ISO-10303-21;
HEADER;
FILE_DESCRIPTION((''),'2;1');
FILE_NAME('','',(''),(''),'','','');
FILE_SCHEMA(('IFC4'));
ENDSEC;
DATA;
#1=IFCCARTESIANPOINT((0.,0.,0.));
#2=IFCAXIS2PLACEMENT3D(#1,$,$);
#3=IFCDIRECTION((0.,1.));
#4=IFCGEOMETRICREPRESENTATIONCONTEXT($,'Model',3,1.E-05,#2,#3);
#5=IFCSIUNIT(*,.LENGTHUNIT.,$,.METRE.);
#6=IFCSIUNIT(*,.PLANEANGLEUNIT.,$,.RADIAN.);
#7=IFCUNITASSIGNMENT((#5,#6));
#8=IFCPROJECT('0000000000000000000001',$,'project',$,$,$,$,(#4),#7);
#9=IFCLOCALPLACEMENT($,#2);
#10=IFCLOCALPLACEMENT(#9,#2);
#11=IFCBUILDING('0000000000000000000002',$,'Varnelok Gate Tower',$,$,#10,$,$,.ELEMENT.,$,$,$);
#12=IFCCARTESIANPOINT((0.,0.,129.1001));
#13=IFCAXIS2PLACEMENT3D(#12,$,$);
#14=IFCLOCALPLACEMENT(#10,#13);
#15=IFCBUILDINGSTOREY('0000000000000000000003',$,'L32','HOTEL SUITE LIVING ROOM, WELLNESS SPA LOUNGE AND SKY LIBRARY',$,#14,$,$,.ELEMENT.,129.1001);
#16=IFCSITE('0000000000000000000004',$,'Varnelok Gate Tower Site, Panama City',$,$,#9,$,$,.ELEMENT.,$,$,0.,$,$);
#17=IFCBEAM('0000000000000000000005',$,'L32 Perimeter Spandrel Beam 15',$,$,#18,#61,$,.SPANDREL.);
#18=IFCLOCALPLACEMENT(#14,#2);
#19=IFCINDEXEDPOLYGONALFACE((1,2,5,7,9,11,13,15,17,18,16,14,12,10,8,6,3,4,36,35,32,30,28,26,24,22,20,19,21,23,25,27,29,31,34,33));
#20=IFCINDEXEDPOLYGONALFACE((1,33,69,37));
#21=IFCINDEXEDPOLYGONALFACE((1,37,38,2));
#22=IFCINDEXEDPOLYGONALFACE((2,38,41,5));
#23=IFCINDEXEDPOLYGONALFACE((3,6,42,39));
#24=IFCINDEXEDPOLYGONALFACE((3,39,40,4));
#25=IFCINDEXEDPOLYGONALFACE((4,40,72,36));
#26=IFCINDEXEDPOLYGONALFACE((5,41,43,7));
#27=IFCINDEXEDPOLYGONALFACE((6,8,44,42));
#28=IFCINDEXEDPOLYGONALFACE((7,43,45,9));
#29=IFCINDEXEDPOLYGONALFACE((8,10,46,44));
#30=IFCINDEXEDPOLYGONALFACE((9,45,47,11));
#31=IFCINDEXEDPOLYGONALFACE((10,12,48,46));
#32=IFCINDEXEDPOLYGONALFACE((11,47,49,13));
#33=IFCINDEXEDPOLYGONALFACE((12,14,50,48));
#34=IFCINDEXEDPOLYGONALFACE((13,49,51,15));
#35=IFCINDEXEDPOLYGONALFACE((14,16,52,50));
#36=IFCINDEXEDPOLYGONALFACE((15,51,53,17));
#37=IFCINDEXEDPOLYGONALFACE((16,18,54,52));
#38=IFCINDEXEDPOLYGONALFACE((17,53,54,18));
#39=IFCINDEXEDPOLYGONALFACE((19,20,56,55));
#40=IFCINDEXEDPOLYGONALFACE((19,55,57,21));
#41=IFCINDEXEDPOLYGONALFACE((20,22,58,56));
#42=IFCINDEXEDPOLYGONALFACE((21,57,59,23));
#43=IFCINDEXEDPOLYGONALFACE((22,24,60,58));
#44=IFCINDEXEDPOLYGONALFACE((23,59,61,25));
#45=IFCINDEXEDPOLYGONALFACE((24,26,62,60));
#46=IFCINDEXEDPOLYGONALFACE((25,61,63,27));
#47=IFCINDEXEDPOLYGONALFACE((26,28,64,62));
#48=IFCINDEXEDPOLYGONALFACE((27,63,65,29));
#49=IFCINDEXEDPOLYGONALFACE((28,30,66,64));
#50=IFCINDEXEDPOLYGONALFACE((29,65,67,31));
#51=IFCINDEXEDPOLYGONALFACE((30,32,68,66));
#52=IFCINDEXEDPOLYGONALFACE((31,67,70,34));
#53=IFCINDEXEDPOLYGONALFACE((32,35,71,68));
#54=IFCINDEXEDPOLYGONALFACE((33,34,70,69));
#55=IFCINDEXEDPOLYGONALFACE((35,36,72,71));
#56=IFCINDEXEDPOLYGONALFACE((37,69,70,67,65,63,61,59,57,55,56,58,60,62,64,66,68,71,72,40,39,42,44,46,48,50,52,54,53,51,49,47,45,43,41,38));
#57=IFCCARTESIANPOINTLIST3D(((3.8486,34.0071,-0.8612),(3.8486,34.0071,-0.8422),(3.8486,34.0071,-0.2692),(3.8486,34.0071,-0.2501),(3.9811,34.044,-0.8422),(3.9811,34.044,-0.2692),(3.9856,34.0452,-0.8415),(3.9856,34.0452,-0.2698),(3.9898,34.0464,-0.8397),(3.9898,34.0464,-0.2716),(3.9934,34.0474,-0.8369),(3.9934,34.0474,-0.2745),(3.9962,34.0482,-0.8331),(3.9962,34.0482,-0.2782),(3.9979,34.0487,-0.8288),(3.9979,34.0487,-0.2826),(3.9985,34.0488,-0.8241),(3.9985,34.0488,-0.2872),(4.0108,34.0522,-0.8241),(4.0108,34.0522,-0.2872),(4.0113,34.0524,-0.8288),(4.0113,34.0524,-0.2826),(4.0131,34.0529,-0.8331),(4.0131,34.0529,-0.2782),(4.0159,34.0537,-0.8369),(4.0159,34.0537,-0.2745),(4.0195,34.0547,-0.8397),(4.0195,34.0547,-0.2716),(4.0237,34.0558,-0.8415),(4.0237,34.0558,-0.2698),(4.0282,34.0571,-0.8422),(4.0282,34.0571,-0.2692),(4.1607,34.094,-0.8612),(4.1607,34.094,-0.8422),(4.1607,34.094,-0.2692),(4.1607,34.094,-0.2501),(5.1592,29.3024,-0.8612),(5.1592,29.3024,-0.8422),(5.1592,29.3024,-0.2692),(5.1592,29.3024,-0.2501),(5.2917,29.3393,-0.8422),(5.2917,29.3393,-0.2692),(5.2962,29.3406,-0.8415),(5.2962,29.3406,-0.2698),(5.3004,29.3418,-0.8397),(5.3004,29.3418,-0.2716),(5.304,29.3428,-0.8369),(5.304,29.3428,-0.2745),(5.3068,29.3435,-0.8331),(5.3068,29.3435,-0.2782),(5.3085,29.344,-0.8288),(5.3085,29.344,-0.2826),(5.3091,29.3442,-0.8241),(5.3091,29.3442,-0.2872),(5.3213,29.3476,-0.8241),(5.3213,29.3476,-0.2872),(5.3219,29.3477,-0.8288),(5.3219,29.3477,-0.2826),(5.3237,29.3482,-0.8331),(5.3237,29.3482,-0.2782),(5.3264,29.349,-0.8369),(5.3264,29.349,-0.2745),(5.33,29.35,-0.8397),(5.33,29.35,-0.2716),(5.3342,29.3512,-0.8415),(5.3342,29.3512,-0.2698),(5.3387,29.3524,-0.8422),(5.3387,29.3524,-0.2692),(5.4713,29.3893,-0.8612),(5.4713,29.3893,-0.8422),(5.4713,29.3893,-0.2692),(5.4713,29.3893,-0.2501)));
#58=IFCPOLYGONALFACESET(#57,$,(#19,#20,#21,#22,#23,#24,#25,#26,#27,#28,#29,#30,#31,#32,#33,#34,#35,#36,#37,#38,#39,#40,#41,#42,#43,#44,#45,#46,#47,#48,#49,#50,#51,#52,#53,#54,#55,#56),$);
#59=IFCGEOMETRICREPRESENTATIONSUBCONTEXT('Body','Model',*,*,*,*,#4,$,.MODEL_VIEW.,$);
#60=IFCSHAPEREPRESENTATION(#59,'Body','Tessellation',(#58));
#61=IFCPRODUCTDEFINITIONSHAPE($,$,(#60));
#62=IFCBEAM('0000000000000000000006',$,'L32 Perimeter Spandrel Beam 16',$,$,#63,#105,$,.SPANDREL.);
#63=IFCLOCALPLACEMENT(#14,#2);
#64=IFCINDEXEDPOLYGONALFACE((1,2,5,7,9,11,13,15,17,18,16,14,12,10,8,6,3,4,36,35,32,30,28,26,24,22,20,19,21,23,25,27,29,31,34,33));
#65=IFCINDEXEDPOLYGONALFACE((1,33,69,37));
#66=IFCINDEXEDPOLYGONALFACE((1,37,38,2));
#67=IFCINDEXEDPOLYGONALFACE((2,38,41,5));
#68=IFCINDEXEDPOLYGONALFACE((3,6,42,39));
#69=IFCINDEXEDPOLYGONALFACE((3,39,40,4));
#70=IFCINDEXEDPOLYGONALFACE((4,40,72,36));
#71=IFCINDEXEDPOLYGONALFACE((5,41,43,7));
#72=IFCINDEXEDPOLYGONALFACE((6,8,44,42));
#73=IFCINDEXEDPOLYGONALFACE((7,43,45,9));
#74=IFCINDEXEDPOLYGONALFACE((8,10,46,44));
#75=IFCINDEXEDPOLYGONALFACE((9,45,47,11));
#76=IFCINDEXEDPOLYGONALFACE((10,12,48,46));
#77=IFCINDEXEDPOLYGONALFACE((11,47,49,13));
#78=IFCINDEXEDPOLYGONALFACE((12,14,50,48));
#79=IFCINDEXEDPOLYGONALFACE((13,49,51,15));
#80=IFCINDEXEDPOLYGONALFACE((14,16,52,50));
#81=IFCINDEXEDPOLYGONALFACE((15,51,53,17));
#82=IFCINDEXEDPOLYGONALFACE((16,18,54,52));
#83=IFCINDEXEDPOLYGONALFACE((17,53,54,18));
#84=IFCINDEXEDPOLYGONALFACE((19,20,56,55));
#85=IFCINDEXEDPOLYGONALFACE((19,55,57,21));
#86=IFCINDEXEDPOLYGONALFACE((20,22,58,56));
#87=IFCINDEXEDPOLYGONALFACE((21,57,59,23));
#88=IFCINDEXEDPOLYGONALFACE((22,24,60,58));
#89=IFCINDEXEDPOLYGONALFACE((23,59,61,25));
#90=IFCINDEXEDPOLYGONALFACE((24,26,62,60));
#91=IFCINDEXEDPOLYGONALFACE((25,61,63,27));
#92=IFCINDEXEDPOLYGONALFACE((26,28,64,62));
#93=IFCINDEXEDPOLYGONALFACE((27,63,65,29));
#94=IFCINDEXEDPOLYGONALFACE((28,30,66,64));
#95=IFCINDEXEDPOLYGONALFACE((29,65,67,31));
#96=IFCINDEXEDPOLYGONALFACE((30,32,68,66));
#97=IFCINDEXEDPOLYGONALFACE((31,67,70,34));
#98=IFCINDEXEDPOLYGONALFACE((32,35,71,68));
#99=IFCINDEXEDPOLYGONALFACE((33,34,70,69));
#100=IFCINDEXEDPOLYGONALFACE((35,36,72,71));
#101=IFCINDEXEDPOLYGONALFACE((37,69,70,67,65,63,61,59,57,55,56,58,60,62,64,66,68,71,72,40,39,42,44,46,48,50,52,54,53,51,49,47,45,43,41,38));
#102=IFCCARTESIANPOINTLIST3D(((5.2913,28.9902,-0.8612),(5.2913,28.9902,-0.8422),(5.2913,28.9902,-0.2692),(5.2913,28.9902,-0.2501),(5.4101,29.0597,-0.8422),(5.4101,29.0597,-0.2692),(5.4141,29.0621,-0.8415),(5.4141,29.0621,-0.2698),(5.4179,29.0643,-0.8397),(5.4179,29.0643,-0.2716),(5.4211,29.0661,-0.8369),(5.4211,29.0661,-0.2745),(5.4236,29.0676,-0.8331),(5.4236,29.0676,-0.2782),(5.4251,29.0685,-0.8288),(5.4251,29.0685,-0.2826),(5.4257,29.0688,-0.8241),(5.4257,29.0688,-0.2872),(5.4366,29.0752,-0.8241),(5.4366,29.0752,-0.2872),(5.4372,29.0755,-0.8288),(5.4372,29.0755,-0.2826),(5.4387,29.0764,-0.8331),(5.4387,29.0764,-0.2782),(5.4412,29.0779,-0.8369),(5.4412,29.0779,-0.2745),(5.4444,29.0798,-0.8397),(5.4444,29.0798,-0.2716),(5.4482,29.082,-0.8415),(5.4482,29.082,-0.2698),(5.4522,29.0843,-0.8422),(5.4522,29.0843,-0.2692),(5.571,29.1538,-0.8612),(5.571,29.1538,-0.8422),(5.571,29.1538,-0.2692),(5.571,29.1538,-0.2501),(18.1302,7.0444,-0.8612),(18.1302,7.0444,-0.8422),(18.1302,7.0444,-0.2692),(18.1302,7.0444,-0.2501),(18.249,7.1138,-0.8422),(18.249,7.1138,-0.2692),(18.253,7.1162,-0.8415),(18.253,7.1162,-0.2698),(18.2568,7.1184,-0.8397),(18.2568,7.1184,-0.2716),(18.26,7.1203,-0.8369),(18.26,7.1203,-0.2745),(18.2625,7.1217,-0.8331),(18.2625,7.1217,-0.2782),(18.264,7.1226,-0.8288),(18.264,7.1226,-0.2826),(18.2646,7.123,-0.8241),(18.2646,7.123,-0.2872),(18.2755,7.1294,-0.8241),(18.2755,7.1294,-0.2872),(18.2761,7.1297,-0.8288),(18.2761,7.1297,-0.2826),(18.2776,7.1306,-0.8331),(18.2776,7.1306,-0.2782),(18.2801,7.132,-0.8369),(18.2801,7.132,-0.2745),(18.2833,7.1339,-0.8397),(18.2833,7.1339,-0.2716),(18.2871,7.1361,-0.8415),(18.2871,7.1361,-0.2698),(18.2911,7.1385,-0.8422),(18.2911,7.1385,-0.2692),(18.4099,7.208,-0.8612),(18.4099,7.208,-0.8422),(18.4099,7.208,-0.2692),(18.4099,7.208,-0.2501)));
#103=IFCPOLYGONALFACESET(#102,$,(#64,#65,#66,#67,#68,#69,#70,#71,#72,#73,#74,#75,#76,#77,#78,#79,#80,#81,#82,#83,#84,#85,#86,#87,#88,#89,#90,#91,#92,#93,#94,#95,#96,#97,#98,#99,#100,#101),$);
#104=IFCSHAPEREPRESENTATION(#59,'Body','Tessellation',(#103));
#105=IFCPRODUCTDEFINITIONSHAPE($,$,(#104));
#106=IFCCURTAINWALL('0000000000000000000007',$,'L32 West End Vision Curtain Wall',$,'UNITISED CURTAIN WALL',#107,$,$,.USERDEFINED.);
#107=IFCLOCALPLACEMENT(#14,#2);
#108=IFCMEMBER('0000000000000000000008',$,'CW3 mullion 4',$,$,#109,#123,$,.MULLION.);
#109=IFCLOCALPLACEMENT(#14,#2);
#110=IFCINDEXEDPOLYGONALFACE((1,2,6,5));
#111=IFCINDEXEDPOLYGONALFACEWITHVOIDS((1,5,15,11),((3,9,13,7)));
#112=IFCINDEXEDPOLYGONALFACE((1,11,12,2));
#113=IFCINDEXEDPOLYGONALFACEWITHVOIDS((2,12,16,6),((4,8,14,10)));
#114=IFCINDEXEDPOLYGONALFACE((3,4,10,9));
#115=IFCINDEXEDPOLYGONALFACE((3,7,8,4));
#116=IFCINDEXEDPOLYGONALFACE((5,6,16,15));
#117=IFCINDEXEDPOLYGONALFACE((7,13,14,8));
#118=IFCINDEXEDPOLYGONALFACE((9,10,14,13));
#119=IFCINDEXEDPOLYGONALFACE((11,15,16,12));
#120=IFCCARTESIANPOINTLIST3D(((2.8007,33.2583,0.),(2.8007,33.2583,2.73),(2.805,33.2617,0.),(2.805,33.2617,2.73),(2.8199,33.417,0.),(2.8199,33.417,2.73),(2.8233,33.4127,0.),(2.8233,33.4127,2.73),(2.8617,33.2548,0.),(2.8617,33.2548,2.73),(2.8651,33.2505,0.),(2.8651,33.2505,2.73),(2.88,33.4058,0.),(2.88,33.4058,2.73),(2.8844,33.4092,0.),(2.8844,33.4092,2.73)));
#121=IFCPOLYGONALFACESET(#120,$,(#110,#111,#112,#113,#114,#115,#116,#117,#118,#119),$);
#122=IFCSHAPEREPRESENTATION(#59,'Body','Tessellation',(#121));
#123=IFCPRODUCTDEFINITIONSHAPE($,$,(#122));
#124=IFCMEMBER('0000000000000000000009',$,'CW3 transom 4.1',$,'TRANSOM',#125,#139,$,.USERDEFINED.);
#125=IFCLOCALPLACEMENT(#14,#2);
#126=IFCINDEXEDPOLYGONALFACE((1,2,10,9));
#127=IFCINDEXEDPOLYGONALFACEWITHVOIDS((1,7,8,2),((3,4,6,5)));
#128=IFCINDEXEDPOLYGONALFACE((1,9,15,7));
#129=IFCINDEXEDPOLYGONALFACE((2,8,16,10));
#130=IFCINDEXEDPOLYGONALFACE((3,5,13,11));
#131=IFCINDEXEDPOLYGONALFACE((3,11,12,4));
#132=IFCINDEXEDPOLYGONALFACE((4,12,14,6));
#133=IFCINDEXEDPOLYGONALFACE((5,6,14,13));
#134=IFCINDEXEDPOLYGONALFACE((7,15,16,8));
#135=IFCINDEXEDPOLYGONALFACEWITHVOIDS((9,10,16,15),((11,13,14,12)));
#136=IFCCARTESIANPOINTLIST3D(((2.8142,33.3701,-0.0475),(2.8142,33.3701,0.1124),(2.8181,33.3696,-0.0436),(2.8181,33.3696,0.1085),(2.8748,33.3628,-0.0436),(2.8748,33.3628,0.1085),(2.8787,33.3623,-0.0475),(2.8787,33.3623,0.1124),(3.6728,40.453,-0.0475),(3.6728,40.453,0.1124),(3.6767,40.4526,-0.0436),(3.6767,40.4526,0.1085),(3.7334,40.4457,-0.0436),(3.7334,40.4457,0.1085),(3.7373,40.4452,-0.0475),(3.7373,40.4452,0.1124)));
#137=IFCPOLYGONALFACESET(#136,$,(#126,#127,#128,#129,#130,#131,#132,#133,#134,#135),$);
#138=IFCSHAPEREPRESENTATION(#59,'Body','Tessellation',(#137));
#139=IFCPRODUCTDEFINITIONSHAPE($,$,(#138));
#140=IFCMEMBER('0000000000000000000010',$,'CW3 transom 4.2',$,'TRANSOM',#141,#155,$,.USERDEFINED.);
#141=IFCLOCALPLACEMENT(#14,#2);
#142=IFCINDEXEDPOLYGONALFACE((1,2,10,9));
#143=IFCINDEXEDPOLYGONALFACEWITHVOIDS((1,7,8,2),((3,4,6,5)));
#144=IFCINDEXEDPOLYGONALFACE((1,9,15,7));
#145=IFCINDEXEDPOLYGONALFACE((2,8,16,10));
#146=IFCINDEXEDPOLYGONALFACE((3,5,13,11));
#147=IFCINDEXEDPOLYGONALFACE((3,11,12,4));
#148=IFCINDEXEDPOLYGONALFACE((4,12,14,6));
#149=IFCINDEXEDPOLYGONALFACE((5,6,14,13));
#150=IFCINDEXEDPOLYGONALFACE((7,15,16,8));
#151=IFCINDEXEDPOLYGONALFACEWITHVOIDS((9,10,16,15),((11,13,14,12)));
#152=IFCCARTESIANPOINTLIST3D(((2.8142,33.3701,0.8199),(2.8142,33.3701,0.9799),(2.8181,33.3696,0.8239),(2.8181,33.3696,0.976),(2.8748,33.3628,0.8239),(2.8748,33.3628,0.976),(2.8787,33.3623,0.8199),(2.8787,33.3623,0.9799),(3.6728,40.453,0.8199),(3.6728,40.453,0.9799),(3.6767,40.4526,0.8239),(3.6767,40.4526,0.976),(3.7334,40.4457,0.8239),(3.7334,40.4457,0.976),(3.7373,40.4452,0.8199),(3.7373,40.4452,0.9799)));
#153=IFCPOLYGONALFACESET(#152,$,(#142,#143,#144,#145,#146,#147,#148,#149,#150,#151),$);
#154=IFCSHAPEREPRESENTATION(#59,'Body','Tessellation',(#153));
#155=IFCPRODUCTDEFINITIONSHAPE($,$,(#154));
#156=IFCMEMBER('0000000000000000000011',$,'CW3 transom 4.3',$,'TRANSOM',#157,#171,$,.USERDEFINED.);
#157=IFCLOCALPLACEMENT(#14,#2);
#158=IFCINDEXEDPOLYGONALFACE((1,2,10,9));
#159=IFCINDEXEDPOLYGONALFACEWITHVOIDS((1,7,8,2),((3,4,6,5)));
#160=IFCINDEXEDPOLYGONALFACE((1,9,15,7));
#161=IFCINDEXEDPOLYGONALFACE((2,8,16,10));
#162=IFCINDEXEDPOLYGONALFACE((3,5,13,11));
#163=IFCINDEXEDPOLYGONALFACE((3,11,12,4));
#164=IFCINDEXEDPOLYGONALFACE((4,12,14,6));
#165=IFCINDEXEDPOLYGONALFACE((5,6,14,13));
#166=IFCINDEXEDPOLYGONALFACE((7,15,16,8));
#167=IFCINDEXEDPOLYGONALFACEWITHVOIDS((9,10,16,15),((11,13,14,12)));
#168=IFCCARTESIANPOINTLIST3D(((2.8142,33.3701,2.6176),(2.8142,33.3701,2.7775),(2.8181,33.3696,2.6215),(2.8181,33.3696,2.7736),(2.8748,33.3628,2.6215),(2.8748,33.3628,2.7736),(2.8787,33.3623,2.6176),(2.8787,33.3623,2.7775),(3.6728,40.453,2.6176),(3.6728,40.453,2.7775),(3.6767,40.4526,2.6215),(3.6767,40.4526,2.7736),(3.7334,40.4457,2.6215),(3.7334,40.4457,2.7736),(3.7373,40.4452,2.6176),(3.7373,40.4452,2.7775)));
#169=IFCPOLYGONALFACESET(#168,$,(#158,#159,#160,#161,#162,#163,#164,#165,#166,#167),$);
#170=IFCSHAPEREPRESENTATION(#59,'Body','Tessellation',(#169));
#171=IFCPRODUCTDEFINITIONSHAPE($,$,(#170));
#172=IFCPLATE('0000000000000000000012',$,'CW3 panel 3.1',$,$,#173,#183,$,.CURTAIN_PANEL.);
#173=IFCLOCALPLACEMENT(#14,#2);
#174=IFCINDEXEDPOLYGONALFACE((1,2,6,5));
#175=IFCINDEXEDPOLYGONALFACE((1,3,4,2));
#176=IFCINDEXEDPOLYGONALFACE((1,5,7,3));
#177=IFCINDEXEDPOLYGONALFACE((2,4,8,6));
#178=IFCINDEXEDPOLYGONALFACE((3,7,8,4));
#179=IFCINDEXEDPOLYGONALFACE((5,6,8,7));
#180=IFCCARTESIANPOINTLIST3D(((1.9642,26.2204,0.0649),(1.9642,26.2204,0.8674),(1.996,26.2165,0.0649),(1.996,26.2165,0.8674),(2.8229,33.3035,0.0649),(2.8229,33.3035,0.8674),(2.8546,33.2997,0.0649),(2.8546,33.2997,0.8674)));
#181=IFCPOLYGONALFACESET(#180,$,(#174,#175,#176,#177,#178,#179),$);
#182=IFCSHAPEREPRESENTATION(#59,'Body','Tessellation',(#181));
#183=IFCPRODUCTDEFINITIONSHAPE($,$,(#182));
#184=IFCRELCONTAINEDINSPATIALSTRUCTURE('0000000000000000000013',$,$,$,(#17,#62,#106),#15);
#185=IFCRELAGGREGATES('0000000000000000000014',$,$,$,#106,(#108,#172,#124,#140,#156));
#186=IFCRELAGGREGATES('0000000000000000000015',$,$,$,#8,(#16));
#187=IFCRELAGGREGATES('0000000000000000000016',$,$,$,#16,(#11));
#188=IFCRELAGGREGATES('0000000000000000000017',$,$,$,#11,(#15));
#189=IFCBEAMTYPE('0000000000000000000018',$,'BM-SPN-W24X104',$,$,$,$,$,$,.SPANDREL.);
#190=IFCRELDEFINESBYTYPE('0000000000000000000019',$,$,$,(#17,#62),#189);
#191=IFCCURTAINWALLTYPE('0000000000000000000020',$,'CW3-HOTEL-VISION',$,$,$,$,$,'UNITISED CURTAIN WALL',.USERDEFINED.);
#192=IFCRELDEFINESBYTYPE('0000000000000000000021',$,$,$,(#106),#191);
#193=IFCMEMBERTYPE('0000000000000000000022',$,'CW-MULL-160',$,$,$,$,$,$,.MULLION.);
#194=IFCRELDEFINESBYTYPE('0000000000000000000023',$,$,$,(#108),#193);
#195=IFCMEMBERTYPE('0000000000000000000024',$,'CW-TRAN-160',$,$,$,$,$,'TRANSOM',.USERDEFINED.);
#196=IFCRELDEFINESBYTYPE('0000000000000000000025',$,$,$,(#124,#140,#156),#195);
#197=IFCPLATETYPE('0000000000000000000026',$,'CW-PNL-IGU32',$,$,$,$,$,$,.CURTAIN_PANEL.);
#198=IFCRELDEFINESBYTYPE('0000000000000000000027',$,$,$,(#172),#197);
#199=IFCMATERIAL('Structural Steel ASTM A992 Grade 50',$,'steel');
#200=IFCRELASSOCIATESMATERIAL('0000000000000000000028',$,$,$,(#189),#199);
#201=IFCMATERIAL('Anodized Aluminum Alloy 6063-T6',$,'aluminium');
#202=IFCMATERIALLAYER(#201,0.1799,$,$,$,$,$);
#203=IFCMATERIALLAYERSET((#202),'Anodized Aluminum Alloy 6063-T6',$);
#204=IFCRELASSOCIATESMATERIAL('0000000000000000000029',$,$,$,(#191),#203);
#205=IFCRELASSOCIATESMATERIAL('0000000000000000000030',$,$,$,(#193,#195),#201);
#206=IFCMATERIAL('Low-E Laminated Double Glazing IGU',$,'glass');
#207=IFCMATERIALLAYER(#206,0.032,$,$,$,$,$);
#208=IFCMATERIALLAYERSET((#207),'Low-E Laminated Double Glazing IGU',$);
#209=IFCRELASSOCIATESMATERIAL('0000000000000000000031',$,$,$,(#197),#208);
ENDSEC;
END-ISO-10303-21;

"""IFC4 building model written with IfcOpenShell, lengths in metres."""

from ifc_helpers import new_model, si_unit, direction, frame, origin, origin_2d, place, context, subcontext, project, spatial, rectangle, hollow_rectangle, i_section, extrude, source, transform, mapped, material, layer, layer_set, material_profile, profile_set, type_object, element, aggregate, save


model = new_model("IFC4")

# Units and contexts
model_context = context("Model", 3, precision=1e-05, world=origin(), true_north=direction((0.0, 1.0)))
body_context = subcontext(model_context, "Body", "Model", "MODEL_VIEW")
ifc_project = project(units=[si_unit("LENGTHUNIT", "METRE"), si_unit("PLANEANGLEUNIT", "RADIAN")], contexts=[model_context])

# Site, building, storey
site_placement = place(None, origin())
site = spatial("IfcSite", under=ifc_project, at=site_placement, Name="Varnelok Gate Tower Site, Panama City", CompositionType="ELEMENT", RefElevation=0.0)
building_placement = place(site_placement, origin())
building = spatial("IfcBuilding", under=site, at=building_placement, Name="Varnelok Gate Tower", CompositionType="ELEMENT")
storey_placement = place(building_placement, frame((0.0, 0.0, 129.1001)))
storey = spatial("IfcBuildingStorey", under=building, at=storey_placement, Name="L32", Description="HOTEL SUITE LIVING ROOM, WELLNESS SPA LOUNGE AND SKY LIBRARY", CompositionType="ELEMENT", Elevation=129.1001)

# Shared definitions
ifc_material_1 = material(Name="Structural Steel ASTM A992 Grade 50", Category="steel")

# Beams
ifc_material_profile_1 = material_profile(ifc_material_1, i_section(OverallWidth=0.324, OverallDepth=0.6111, WebThickness=0.0127, FlangeThickness=0.019, FilletRadius=0.0181, at=origin_2d()), Name="W24X104")
ifc_profile_set_1 = profile_set([ifc_material_profile_1], Name="Structural Steel ASTM A992 Grade 50")
beam_type_1 = type_object("IfcBeamType", Name="BM-SPN-W24X104", PredefinedType="SPANDREL", material=ifc_profile_set_1)
beam_1_placement = place(storey_placement, frame((4.0046, 34.0505, -0.5557), z_axis=(0.26835, -0.963321, 0.0), x_axis=(0.963321, 0.26835, 0.0)))
element("IfcBeam", 1, at=beam_1_placement, inside=storey, type_object=beam_type_1, Name="L32 Perimeter Spandrel Beam 15", PredefinedType="SPANDREL", context=body_context, shape_type="SweptSolid", body=[
    extrude(i_section(OverallWidth=0.324, OverallDepth=0.6111, WebThickness=0.0127, FlangeThickness=0.019, FilletRadius=0.0181, at=origin_2d()), origin(), (0.0, 0.0, 1.0), 4.8838),
])
beam_2_placement = place(storey_placement, frame((5.4312, 29.072, -0.5557), z_axis=(0.504961, -0.863142, 0.0), x_axis=(0.863142, 0.504961, 0.0)))
element("IfcBeam", 2, at=beam_2_placement, inside=storey, type_object=beam_type_1, Name="L32 Perimeter Spandrel Beam 16", PredefinedType="SPANDREL", context=body_context, shape_type="SweptSolid", body=[
    extrude(i_section(OverallWidth=0.324, OverallDepth=0.6111, WebThickness=0.0127, FlangeThickness=0.019, FilletRadius=0.0181, at=origin_2d()), origin(), (0.0, 0.0, 1.0), 25.4255),
])

# Curtain wall, members, plate
ifc_material_2 = material(Name="Anodized Aluminum Alloy 6063-T6", Category="aluminium")
ifc_layer_1 = layer(ifc_material_2, 0.1799)
ifc_layer_set_1 = layer_set([ifc_layer_1], Name="Anodized Aluminum Alloy 6063-T6")
curtain_wall_type = type_object("IfcCurtainWallType", Name="CW3-HOTEL-VISION", ElementType="UNITISED CURTAIN WALL", PredefinedType="USERDEFINED", material=ifc_layer_set_1)
curtain_wall_placement = place(storey_placement, origin())
curtain_wall = element("IfcCurtainWall", 3, at=curtain_wall_placement, inside=storey, type_object=curtain_wall_type, Name="L32 West End Vision Curtain Wall", ObjectType="UNITISED CURTAIN WALL", PredefinedType="USERDEFINED")
ifc_material_profile_2 = material_profile(ifc_material_2, hollow_rectangle(XDim=0.0649, YDim=0.1599, WallThickness=0.0039, at=origin_2d()), Name="ALU160X65X4")
ifc_profile_set_2 = profile_set([ifc_material_profile_2], Name="Anodized Aluminum Alloy 6063-T6")
member_type_1 = type_object("IfcMemberType", Name="CW-MULL-160", PredefinedType="MULLION", material=ifc_profile_set_2)
member_1_placement = place(storey_placement, frame((2.8425, 33.3337, 0.0), z_axis=(0.0, 0.0, 1.0), x_axis=(-0.992732, 0.120347, 0.0)))
member_1 = element("IfcMember", 4, at=member_1_placement, type_object=member_type_1, Name="CW3 mullion 4", PredefinedType="MULLION", context=body_context, shape_type="SweptSolid", body=[
    extrude(hollow_rectangle(XDim=0.0649, YDim=0.1599, WallThickness=0.0039, at=origin_2d()), origin(), (0.0, 0.0, 1.0), 2.73),
])
ifc_material_profile_3 = material_profile(ifc_material_2, hollow_rectangle(XDim=0.0649, YDim=0.1599, WallThickness=0.0039, at=origin_2d()), Name="ALU160X65X4")
ifc_profile_set_3 = profile_set([ifc_material_profile_3], Name="Anodized Aluminum Alloy 6063-T6")
member_type_2 = type_object("IfcMemberType", Name="CW-TRAN-160", ElementType="TRANSOM", PredefinedType="USERDEFINED", material=ifc_profile_set_3)
member_2_placement = place(storey_placement, frame((2.8464, 33.3662, 0.0325), z_axis=(0.120345, 0.992732, 0.0), x_axis=(-0.992732, 0.120345, 0.0)))
member_2 = element("IfcMember", 5, at=member_2_placement, type_object=member_type_2, Name="CW3 transom 4.1", ObjectType="TRANSOM", PredefinedType="USERDEFINED", context=body_context, shape_type="SweptSolid", body=[
    extrude(hollow_rectangle(XDim=0.0649, YDim=0.1599, WallThickness=0.0039, at=origin_2d()), origin(), (0.0, 0.0, 1.0), 7.1348),
])
member_3_placement = place(storey_placement, frame((2.8464, 33.3662, 0.8999), z_axis=(0.120345, 0.992732, 0.0), x_axis=(-0.992732, 0.120345, 0.0)))
member_3 = element("IfcMember", 6, at=member_3_placement, type_object=member_type_2, Name="CW3 transom 4.2", ObjectType="TRANSOM", PredefinedType="USERDEFINED", context=body_context, shape_type="SweptSolid", body=[
    extrude(hollow_rectangle(XDim=0.0649, YDim=0.1599, WallThickness=0.0039, at=origin_2d()), origin(), (0.0, 0.0, 1.0), 7.1348),
])
member_4_placement = place(storey_placement, frame((2.8464, 33.3662, 2.6975), z_axis=(0.120345, 0.992732, 0.0), x_axis=(-0.992732, 0.120345, 0.0)))
member_4 = element("IfcMember", 7, at=member_4_placement, type_object=member_type_2, Name="CW3 transom 4.3", ObjectType="TRANSOM", PredefinedType="USERDEFINED", context=body_context, shape_type="SweptSolid", body=[
    extrude(hollow_rectangle(XDim=0.0649, YDim=0.1599, WallThickness=0.0039, at=origin_2d()), origin(), (0.0, 0.0, 1.0), 7.1348),
])
ifc_material_3 = material(Name="Low-E Laminated Double Glazing IGU", Category="glass")
ifc_layer_2 = layer(ifc_material_3, 0.032)
ifc_layer_set_2 = layer_set([ifc_layer_2], Name="Low-E Laminated Double Glazing IGU")
plate_type = type_object("IfcPlateType", Name="CW-PNL-IGU32", PredefinedType="CURTAIN_PANEL", material=ifc_layer_set_2)
shared_shape_1 = source(origin(), body_context, "Body", "SweptSolid", [
    extrude(rectangle(XDim=7.135, YDim=0.032, at=origin_2d()), origin(), (0.0, 0.0, 1.0), 0.8025),
])
plate_1_placement = place(storey_placement, frame((2.4094, 29.76, 0.0649), z_axis=(0.0, 0.0, 1.0), x_axis=(0.120347, 0.992732, 0.0)))
plate_1 = element("IfcPlate", 8, at=plate_1_placement, type_object=plate_type, Name="CW3 panel 3.1", PredefinedType="CURTAIN_PANEL", context=body_context, shape_type="MappedRepresentation", body=[
    mapped(shared_shape_1, transform((0.0, 0.0, 0.0), scale=1.0)),
])
aggregate(curtain_wall, [member_1, plate_1, member_2, member_3, member_4])

save(model, "model.ifc")
